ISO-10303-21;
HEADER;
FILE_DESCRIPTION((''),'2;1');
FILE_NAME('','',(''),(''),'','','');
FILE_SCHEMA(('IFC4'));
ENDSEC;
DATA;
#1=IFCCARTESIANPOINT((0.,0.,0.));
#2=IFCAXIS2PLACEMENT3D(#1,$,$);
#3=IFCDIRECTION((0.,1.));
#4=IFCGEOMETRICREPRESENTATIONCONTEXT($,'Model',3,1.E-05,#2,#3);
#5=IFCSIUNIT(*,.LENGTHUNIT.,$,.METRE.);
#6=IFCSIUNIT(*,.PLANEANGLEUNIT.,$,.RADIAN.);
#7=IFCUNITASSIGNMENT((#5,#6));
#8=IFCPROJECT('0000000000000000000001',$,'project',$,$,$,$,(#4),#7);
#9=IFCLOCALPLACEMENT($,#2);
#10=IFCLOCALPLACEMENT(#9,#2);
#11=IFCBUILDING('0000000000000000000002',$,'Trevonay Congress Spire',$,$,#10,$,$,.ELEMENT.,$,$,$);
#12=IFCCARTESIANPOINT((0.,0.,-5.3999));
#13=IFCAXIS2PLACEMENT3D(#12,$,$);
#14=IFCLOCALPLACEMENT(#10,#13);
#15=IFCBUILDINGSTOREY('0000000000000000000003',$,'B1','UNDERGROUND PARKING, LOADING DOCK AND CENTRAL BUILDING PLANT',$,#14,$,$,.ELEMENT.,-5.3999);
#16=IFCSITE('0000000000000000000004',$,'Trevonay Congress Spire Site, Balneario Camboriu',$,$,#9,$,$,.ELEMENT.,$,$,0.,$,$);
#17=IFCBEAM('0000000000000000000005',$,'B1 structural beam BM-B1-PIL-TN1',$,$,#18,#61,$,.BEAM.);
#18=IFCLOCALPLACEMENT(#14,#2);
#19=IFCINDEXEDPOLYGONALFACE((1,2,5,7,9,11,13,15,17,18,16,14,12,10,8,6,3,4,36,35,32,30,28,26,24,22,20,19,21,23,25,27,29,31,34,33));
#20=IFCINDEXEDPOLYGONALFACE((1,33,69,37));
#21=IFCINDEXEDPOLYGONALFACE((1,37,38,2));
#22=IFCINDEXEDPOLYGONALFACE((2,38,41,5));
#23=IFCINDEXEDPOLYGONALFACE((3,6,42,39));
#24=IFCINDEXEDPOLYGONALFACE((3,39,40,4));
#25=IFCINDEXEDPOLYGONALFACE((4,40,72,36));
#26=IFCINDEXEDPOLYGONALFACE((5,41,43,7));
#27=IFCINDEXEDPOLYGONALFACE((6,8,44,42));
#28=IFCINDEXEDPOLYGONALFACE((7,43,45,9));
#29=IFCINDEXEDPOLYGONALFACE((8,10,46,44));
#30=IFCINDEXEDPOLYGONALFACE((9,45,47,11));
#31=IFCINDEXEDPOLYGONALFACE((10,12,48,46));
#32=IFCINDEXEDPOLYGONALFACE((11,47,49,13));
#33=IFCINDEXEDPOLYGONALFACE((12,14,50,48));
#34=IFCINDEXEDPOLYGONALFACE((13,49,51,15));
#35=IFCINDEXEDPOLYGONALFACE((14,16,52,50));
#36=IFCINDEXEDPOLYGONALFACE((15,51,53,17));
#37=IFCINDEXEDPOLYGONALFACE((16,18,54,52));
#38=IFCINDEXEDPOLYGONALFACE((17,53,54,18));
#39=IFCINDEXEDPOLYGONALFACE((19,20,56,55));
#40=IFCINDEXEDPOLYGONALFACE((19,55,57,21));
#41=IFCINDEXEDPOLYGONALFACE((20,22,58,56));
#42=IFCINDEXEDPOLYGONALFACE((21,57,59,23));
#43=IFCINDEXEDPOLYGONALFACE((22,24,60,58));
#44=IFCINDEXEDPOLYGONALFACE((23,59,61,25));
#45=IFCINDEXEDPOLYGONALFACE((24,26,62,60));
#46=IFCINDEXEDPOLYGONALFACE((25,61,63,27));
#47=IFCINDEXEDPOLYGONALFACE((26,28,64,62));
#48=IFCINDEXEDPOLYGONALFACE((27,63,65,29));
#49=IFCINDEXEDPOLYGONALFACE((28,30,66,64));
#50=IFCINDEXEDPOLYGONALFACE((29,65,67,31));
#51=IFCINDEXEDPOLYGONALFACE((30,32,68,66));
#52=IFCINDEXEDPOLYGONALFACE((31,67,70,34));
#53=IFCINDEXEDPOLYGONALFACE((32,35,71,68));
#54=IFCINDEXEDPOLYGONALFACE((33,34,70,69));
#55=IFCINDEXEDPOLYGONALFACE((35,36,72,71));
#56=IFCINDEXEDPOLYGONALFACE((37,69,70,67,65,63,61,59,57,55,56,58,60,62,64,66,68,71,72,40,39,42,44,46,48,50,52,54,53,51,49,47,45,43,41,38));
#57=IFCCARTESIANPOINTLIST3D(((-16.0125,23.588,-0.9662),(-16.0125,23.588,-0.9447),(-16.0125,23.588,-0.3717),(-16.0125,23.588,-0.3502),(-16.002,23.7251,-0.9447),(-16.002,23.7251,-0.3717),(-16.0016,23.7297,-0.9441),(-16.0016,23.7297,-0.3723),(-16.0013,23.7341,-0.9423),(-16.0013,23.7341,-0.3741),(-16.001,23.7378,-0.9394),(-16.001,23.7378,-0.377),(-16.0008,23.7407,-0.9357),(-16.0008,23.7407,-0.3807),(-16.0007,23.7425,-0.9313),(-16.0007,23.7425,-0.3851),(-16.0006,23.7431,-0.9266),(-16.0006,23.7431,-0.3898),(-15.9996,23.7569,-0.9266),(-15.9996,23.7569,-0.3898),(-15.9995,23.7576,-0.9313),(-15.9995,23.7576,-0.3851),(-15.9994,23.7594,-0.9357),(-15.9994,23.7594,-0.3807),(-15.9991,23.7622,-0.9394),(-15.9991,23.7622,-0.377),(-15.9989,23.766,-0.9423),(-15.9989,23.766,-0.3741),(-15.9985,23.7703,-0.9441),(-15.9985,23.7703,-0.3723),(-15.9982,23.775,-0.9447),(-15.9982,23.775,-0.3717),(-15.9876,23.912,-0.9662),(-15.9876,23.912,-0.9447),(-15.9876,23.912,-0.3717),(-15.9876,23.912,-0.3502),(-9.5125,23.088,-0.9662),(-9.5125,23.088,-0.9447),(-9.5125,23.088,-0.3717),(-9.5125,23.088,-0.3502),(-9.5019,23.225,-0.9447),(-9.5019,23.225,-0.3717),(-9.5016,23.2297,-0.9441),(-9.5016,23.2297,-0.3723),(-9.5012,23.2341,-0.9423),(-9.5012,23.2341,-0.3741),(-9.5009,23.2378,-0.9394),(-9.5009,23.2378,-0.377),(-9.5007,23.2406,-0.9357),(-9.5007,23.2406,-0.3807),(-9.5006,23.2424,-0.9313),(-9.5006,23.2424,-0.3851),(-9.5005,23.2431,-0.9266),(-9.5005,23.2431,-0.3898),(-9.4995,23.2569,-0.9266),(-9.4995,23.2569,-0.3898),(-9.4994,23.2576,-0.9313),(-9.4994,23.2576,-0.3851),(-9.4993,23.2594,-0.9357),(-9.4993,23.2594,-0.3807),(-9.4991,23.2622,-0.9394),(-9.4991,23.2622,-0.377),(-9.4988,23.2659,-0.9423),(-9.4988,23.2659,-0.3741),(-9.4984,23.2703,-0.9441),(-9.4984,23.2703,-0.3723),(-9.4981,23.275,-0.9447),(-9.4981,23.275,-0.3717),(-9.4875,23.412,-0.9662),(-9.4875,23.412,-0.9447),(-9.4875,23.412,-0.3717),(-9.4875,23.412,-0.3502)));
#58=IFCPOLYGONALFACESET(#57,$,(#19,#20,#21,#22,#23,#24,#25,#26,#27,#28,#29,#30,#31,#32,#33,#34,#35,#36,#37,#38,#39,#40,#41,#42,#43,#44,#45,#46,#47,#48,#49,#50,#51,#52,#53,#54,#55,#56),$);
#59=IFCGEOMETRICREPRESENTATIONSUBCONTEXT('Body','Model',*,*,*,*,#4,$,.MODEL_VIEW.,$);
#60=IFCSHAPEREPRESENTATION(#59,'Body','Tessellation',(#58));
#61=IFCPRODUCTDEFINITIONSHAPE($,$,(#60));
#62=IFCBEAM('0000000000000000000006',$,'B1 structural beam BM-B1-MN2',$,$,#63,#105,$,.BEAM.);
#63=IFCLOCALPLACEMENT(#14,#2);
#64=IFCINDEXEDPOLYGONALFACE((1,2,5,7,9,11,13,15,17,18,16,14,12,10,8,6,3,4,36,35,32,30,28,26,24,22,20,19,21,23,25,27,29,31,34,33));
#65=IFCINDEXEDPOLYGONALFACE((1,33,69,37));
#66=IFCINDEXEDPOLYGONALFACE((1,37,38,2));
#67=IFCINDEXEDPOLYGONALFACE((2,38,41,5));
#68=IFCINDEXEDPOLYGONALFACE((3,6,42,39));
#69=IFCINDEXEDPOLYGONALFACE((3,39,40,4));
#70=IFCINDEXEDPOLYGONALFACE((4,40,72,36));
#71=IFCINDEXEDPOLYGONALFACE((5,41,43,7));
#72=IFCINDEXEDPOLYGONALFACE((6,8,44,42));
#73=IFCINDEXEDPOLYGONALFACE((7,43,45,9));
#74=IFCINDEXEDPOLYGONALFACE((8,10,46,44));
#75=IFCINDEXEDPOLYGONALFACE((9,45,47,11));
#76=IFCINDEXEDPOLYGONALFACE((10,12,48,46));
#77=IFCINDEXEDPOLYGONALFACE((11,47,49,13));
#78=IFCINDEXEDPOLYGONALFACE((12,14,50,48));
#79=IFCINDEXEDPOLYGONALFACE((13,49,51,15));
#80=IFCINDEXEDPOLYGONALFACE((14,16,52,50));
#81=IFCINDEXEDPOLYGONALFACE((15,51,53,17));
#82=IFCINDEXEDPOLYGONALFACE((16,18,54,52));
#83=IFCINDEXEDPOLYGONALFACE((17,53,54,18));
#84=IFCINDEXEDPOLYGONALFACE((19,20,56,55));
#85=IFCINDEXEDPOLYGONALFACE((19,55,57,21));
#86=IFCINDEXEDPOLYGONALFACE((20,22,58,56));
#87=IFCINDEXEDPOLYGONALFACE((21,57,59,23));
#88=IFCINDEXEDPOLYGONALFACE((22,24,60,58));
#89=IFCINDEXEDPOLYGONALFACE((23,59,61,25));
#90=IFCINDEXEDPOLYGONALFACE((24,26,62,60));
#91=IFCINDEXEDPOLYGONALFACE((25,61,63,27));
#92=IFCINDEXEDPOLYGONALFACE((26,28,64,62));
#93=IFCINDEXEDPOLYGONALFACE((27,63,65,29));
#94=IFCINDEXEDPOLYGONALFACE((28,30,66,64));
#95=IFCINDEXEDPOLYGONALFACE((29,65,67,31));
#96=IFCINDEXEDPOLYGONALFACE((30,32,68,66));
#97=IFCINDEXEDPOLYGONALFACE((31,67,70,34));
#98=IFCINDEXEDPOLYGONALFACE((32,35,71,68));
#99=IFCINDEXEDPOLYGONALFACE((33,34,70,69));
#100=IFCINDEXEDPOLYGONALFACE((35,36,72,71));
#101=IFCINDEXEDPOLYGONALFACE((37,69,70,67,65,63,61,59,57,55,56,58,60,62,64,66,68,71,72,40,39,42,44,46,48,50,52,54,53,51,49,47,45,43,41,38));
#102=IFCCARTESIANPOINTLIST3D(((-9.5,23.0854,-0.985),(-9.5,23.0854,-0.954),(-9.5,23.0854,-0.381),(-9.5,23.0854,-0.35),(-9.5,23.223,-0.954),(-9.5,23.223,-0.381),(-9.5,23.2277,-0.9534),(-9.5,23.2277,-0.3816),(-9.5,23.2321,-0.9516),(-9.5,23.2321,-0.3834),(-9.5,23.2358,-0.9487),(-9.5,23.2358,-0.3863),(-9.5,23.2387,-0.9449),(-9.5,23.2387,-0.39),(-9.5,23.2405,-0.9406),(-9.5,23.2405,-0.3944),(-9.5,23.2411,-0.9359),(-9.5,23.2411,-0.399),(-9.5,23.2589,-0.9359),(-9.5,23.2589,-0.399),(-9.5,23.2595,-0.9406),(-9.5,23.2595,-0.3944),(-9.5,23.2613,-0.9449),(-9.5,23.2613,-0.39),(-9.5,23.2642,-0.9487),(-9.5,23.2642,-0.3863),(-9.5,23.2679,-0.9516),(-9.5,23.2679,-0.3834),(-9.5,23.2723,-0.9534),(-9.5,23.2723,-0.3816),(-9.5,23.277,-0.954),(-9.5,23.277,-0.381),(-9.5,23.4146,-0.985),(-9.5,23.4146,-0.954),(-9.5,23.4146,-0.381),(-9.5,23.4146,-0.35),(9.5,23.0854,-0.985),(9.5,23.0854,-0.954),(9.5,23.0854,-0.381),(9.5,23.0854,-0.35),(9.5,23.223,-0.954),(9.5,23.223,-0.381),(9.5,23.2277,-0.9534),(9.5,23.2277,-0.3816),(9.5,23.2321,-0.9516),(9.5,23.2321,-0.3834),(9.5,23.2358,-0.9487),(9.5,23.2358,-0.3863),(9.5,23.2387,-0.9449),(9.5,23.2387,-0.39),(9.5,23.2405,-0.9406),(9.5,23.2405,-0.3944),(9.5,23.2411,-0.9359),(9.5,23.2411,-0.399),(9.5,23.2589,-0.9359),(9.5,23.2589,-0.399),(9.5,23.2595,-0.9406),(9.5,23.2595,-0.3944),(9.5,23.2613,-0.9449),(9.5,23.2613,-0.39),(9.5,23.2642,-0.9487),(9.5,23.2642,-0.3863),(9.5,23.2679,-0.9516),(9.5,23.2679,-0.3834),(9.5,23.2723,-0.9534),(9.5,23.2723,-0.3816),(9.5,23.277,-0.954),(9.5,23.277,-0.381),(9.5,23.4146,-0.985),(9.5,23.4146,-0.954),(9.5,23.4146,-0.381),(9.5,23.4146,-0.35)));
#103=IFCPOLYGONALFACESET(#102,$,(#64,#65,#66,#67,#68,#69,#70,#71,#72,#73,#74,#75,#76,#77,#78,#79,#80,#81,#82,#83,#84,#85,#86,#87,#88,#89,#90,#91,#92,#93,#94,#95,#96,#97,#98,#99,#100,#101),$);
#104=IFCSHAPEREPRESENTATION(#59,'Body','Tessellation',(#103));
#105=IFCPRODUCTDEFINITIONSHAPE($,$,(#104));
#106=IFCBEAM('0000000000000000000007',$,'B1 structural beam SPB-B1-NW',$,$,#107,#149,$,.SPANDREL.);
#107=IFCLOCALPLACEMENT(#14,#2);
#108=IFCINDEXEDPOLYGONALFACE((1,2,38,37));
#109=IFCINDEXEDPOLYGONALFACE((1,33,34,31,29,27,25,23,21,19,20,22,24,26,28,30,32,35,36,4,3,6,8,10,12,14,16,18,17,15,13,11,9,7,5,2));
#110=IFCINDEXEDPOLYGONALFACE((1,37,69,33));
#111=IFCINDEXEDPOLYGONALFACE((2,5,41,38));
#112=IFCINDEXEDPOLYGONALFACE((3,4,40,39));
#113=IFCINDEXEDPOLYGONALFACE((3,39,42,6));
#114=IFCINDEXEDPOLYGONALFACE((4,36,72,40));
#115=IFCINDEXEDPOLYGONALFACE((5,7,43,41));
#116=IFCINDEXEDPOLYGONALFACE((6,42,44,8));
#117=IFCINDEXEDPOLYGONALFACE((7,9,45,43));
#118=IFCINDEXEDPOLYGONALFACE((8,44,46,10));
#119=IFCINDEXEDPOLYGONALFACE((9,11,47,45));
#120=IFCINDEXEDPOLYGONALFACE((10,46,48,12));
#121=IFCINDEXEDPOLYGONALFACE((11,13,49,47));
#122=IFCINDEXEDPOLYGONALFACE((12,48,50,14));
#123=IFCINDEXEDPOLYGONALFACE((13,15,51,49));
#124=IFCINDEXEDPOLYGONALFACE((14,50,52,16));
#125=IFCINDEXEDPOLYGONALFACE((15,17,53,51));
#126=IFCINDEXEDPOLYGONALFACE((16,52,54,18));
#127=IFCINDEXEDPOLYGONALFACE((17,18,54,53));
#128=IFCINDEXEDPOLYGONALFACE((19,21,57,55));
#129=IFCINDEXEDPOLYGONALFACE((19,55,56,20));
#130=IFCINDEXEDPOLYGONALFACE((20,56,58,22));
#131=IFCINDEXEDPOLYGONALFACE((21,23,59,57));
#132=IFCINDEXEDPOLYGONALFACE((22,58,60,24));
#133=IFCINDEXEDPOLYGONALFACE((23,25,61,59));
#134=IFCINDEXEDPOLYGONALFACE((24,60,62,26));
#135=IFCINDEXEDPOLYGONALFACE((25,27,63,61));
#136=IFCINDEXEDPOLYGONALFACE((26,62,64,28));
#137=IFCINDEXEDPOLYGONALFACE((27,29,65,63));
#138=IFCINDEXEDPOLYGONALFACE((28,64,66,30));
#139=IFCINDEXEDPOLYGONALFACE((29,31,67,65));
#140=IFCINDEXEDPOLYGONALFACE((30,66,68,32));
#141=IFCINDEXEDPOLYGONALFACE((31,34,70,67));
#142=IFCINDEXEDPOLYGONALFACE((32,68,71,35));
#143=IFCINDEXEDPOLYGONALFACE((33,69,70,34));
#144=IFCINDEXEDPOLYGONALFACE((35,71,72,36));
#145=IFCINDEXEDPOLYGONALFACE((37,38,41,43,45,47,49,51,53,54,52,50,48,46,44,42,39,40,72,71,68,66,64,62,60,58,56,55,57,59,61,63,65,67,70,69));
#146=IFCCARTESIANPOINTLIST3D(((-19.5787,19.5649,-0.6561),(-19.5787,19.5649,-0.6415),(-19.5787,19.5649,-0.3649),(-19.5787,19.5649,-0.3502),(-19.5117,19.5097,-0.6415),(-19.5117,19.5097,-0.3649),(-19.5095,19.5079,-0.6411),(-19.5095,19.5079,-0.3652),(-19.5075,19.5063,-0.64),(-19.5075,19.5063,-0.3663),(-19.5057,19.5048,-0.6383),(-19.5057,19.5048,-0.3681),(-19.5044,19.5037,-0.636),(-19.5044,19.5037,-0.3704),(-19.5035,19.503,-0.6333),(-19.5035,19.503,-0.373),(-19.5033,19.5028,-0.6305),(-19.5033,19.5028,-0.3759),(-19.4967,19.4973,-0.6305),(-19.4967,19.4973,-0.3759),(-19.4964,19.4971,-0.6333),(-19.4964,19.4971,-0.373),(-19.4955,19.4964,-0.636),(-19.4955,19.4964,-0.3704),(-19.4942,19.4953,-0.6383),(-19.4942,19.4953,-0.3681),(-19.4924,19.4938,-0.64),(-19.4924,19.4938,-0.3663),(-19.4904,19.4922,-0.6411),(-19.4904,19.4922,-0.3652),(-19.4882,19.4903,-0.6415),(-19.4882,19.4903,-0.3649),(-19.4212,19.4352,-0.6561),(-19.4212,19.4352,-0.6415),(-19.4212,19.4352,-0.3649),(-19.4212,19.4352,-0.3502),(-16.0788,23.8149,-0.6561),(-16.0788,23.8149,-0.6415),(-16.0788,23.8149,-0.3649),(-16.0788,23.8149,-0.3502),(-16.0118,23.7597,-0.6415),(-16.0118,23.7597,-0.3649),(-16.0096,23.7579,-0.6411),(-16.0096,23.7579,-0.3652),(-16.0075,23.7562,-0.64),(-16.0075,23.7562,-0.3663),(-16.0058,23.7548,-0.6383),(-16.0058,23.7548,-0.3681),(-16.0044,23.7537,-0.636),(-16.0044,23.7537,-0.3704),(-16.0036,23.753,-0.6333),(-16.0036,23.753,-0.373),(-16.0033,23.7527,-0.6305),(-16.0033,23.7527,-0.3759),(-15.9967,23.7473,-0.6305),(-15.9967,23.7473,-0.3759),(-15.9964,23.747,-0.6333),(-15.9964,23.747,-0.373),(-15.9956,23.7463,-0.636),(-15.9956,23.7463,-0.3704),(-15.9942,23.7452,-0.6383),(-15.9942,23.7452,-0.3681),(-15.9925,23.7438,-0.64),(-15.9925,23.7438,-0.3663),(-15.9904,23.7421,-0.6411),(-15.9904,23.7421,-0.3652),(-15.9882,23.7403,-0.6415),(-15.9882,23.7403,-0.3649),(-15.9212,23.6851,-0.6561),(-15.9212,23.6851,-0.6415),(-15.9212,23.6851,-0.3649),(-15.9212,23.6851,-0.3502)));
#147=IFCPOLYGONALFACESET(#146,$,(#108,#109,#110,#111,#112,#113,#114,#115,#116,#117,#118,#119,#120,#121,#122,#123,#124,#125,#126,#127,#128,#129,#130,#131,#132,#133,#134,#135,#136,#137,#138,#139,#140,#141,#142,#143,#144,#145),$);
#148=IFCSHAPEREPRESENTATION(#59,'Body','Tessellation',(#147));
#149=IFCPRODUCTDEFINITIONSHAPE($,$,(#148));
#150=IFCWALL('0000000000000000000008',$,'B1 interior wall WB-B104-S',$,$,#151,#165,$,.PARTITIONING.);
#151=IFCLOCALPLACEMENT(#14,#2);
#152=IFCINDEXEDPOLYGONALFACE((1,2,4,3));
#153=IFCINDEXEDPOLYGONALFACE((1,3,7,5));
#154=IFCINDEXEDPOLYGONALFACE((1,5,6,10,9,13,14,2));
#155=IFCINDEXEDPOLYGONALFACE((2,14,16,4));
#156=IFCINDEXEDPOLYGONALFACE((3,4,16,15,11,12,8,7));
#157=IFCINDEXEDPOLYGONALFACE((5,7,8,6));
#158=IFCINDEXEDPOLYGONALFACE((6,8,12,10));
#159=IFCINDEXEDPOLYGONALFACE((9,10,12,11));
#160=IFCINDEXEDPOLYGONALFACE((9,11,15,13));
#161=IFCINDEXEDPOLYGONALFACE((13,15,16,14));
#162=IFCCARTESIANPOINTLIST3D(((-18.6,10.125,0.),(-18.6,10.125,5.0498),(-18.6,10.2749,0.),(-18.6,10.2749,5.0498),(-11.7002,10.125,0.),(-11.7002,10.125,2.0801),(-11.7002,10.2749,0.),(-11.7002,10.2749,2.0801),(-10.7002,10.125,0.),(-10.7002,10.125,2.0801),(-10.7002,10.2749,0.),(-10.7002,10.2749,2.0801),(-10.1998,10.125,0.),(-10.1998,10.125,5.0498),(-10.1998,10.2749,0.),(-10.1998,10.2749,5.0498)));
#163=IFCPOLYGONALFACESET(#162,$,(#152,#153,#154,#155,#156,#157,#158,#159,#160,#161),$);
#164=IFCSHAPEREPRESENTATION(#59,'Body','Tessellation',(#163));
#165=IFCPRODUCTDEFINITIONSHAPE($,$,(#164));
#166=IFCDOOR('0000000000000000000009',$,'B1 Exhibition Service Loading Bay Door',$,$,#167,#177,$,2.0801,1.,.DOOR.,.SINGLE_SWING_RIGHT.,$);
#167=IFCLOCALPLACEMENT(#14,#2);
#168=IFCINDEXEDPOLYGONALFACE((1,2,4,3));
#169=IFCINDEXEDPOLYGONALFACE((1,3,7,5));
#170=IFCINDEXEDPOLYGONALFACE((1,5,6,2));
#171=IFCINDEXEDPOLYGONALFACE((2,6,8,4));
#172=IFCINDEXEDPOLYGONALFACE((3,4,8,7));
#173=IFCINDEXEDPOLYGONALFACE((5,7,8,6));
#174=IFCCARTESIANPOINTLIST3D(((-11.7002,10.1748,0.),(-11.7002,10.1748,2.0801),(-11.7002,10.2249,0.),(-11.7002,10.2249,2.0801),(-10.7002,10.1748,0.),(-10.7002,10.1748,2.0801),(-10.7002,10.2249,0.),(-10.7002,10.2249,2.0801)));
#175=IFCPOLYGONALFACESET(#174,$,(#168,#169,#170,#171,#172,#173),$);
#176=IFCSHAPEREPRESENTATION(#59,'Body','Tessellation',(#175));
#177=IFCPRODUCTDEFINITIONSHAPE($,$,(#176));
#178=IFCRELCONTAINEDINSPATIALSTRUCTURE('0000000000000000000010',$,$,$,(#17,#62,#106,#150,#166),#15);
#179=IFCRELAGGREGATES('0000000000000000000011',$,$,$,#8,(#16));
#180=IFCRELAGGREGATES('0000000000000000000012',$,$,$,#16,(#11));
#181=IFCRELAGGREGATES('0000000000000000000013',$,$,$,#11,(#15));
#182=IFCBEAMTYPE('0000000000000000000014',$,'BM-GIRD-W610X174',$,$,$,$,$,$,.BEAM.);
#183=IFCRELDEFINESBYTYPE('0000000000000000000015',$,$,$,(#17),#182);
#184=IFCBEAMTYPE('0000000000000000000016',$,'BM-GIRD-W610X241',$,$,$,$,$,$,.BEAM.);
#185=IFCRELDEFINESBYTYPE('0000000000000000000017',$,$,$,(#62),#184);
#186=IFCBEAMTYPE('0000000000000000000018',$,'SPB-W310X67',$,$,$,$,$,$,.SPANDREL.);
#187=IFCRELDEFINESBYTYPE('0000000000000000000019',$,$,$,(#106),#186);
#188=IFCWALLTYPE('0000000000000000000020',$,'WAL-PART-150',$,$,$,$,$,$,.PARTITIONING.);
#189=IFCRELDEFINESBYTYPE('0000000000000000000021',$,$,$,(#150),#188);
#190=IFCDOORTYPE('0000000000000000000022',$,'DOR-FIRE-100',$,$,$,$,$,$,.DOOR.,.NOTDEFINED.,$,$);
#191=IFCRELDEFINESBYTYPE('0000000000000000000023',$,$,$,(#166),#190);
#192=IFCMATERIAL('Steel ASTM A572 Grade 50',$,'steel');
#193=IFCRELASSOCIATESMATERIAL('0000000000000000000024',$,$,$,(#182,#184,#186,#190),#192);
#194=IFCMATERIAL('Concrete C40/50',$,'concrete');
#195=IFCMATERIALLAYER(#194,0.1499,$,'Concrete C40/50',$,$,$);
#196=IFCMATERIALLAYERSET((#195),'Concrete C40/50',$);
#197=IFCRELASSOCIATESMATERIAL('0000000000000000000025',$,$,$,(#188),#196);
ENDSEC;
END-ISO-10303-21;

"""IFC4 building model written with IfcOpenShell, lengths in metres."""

from ifc_helpers import new_model, si_unit, direction, frame, frame_2d, origin, origin_2d, place, context, subcontext, project, spatial, rectangle, i_section, extrude, material, layer, layer_set, material_profile, profile_set, type_object, element, fill, save


model = new_model("IFC4")

# Units and contexts
model_context = context("Model", 3, precision=1e-05, world=origin(), true_north=direction((0.0, 1.0)))
body_context = subcontext(model_context, "Body", "Model", "MODEL_VIEW")
ifc_project = project(units=[si_unit("LENGTHUNIT", "METRE"), si_unit("PLANEANGLEUNIT", "RADIAN")], contexts=[model_context])

# Site, building, storey
site_placement = place(None, origin())
site = spatial("IfcSite", under=ifc_project, at=site_placement, Name="Trevonay Congress Spire Site, Balneario Camboriu", CompositionType="ELEMENT", RefElevation=0.0)
building_placement = place(site_placement, origin())
building = spatial("IfcBuilding", under=site, at=building_placement, Name="Trevonay Congress Spire", CompositionType="ELEMENT")
storey_placement = place(building_placement, frame((0.0, 0.0, -5.3999)))
storey = spatial("IfcBuildingStorey", under=building, at=storey_placement, Name="B1", Description="UNDERGROUND PARKING, LOADING DOCK AND CENTRAL BUILDING PLANT", CompositionType="ELEMENT", Elevation=-5.3999)

# Beams
ifc_material_1 = material(Name="Steel ASTM A572 Grade 50", Category="steel")
ifc_material_profile_1 = material_profile(ifc_material_1, i_section(OverallWidth=0.325, OverallDepth=0.616, WebThickness=0.0139, FlangeThickness=0.0215, FilletRadius=0.0181, at=origin_2d()), Name="W610x174")
ifc_profile_set_1 = profile_set([ifc_material_profile_1], Name="Steel ASTM A572 Grade 50")
beam_type_1 = type_object("IfcBeamType", Name="BM-GIRD-W610X174", PredefinedType="BEAM", material=ifc_profile_set_1)
beam_1_placement = place(storey_placement, frame((-9.5, 23.25, -0.6582), z_axis=(-0.997054, 0.076696, 0.0), x_axis=(-0.076696, -0.997054, 0.0)))
element("IfcBeam", 1, at=beam_1_placement, inside=storey, type_object=beam_type_1, Name="B1 structural beam BM-B1-PIL-TN1", PredefinedType="BEAM", context=body_context, shape_type="SweptSolid", body=[
    extrude(i_section(OverallWidth=0.325, OverallDepth=0.616, WebThickness=0.0139, FlangeThickness=0.0215, FilletRadius=0.0181, at=origin_2d()), origin(), (0.0, 0.0, 1.0), 6.5193),
])
ifc_material_profile_2 = material_profile(ifc_material_1, i_section(OverallWidth=0.3291, OverallDepth=0.635, WebThickness=0.0178, FlangeThickness=0.031, FilletRadius=0.0181, at=origin_2d()), Name="W610x241")
ifc_profile_set_2 = profile_set([ifc_material_profile_2], Name="Steel ASTM A572 Grade 50")
beam_type_2 = type_object("IfcBeamType", Name="BM-GIRD-W610X241", PredefinedType="BEAM", material=ifc_profile_set_2)
beam_2_placement = place(storey_placement, frame((-9.5, 23.25, -0.6675), z_axis=(1.0, 0.0, 0.0), x_axis=(0.0, 1.0, 0.0)))
element("IfcBeam", 2, at=beam_2_placement, inside=storey, type_object=beam_type_2, Name="B1 structural beam BM-B1-MN2", PredefinedType="BEAM", context=body_context, shape_type="SweptSolid", body=[
    extrude(i_section(OverallWidth=0.3291, OverallDepth=0.635, WebThickness=0.0178, FlangeThickness=0.031, FilletRadius=0.0181, at=origin_2d()), origin(), (0.0, 0.0, 1.0), 19.0),
])
ifc_material_profile_3 = material_profile(ifc_material_1, i_section(OverallWidth=0.2041, OverallDepth=0.3059, WebThickness=0.0085, FlangeThickness=0.0146, FilletRadius=0.011, at=origin_2d()), Name="W310x67")
ifc_profile_set_3 = profile_set([ifc_material_profile_3], Name="Steel ASTM A572 Grade 50")
beam_type_3 = type_object("IfcBeamType", Name="SPB-W310X67", PredefinedType="SPANDREL", material=ifc_profile_set_3)
beam_3_placement = place(storey_placement, frame((-16.0, 23.75, -0.5032), z_axis=(-0.635707, -0.77193, 0.0), x_axis=(0.77193, -0.635707, 0.0)))
element("IfcBeam", 3, at=beam_3_placement, inside=storey, type_object=beam_type_3, Name="B1 structural beam SPB-B1-NW", PredefinedType="SPANDREL", context=body_context, shape_type="SweptSolid", body=[
    extrude(i_section(OverallWidth=0.2041, OverallDepth=0.3059, WebThickness=0.0085, FlangeThickness=0.0146, FilletRadius=0.011, at=origin_2d()), origin(), (0.0, 0.0, 1.0), 5.5056),
])

# Wall, opening, door
ifc_material_2 = material(Name="Concrete C40/50", Category="concrete")
ifc_layer = layer(ifc_material_2, 0.1499, Name="Concrete C40/50")
ifc_layer_set = layer_set([ifc_layer], Name="Concrete C40/50")
wall_type = type_object("IfcWallType", Name="WAL-PART-150", PredefinedType="PARTITIONING", material=ifc_layer_set)
wall_placement = place(storey_placement, frame((-18.6001, 10.2, 0.0), z_axis=(0.0, 0.0, 1.0), x_axis=(1.0, 0.0, 0.0)))
wall = element("IfcWall", 4, at=wall_placement, inside=storey, type_object=wall_type, Name="B1 interior wall WB-B104-S", PredefinedType="PARTITIONING", context=body_context, shape_type="SweptSolid", body=[
    extrude(rectangle(XDim=8.4001, YDim=0.1499, at=frame_2d((4.2002, 0.0))), origin(), (0.0, 0.0, 1.0), 5.0498),
])
opening_placement = place(wall_placement, frame((6.8999, 0.0, 0.0)))
opening = element("IfcOpeningElement", 5, at=opening_placement, cuts=wall, PredefinedType="OPENING", context=body_context, shape_type="SweptSolid", body=[
    extrude(rectangle(XDim=1.0, YDim=2.0801, at=frame_2d((0.5, 1.04))), frame((0.0, 0.085, 0.0), z_axis=(0.0, -1.0, 0.0), x_axis=(1.0, 0.0, 0.0)), (0.0, 0.0, 1.0), 0.1699),
])
door_type = type_object("IfcDoorType", Name="DOR-FIRE-100", OperationType="NOTDEFINED", PredefinedType="DOOR", material=ifc_material_1)
door_placement = place(opening_placement, origin())
door = element("IfcDoor", 6, at=door_placement, inside=storey, type_object=door_type, Name="B1 Exhibition Service Loading Bay Door", OperationType="SINGLE_SWING_RIGHT", OverallHeight=2.0801, OverallWidth=1.0, PredefinedType="DOOR", context=body_context, shape_type="SweptSolid", body=[
    extrude(rectangle(XDim=1.0, YDim=2.0801, at=frame_2d((0.5, 1.04))), frame((0.0, 0.0249, 0.0), z_axis=(0.0, -1.0, 0.0), x_axis=(1.0, 0.0, 0.0)), (0.0, 0.0, 1.0), 0.05),
])
fill(opening, door)

save(model, "model.ifc")
